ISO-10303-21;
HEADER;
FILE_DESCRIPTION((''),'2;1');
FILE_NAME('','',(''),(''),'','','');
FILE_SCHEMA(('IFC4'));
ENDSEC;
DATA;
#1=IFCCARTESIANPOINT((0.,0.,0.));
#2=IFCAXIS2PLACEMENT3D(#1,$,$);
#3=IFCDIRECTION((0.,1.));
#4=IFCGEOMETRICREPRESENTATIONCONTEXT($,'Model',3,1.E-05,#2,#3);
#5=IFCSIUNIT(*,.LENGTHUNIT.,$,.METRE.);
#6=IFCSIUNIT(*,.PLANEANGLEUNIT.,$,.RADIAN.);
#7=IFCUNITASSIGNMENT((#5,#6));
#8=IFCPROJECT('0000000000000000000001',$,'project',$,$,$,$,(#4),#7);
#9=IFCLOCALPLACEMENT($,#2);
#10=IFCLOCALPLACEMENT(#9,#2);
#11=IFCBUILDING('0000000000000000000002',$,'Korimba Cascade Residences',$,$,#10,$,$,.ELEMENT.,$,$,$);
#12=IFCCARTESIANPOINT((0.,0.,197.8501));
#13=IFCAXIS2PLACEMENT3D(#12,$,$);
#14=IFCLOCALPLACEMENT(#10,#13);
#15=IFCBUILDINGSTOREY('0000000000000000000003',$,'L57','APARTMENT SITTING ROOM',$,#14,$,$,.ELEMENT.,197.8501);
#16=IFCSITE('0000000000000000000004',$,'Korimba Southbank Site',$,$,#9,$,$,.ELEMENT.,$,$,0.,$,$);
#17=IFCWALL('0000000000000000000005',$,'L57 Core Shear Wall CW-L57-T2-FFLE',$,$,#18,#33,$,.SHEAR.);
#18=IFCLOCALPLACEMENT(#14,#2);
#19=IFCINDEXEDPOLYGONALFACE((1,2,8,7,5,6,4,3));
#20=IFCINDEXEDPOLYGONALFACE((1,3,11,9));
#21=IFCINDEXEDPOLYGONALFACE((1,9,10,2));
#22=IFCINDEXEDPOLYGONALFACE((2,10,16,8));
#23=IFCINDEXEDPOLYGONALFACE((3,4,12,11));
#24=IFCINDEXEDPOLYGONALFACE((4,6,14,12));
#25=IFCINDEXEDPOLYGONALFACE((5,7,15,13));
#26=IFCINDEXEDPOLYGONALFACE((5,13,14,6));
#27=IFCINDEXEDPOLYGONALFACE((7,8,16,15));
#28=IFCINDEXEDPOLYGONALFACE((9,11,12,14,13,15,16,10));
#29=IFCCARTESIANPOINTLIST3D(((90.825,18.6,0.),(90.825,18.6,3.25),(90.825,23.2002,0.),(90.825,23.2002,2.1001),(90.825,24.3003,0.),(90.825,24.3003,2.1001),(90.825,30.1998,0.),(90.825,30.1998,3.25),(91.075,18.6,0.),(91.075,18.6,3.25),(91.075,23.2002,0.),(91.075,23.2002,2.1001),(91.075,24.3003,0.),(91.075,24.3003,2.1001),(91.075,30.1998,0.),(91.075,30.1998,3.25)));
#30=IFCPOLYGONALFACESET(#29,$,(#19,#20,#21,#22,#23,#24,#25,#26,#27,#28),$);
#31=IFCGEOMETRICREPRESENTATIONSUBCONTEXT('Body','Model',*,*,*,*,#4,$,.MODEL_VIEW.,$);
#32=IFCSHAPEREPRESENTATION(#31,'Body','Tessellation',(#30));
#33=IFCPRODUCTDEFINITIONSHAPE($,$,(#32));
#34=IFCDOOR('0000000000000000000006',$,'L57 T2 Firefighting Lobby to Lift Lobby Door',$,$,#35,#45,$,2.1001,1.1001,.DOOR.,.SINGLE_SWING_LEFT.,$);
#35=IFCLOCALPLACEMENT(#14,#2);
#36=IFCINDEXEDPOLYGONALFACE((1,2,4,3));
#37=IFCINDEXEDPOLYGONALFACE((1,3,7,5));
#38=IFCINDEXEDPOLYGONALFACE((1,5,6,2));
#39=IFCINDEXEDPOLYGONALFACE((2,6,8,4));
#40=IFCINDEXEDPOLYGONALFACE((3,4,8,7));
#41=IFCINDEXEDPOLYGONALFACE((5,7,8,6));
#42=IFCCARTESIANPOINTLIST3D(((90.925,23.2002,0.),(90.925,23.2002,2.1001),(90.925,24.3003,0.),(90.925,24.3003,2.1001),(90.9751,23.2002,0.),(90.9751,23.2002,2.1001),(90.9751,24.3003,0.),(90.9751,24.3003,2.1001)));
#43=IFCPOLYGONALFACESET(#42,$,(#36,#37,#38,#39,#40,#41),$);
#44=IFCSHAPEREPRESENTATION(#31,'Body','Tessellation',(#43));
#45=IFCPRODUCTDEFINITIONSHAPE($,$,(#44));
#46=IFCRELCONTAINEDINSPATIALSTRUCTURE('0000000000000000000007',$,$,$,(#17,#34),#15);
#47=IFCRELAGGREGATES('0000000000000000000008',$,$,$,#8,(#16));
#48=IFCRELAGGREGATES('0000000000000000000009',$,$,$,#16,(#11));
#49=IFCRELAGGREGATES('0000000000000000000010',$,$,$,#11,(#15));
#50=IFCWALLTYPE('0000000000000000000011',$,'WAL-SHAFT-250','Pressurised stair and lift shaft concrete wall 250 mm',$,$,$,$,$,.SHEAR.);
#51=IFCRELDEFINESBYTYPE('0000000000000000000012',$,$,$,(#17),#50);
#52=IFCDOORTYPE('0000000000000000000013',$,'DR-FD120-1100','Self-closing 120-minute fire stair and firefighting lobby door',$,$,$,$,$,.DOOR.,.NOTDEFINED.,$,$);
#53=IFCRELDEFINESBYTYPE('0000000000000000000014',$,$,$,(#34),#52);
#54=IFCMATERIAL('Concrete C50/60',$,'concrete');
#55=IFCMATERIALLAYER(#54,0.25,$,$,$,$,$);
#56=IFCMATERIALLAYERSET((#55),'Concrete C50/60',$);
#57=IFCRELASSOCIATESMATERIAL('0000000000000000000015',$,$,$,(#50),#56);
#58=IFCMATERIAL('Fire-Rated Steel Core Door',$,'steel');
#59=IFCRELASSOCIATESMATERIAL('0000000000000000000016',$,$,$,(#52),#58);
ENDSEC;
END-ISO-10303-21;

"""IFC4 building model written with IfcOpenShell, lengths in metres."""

from ifc_helpers import new_model, si_unit, direction, frame, frame_2d, origin, place, context, subcontext, project, spatial, rectangle, extrude, material, layer, layer_set, type_object, element, fill, save


model = new_model("IFC4")

# Units and contexts
model_context = context("Model", 3, precision=1e-05, world=origin(), true_north=direction((0.0, 1.0)))
body_context = subcontext(model_context, "Body", "Model", "MODEL_VIEW")
ifc_project = project(units=[si_unit("LENGTHUNIT", "METRE"), si_unit("PLANEANGLEUNIT", "RADIAN")], contexts=[model_context])

# Site, building, storey
site_placement = place(None, origin())
site = spatial("IfcSite", under=ifc_project, at=site_placement, Name="Korimba Southbank Site", CompositionType="ELEMENT", RefElevation=0.0)
building_placement = place(site_placement, origin())
building = spatial("IfcBuilding", under=site, at=building_placement, Name="Korimba Cascade Residences", CompositionType="ELEMENT")
storey_placement = place(building_placement, frame((0.0, 0.0, 197.8501)))
storey = spatial("IfcBuildingStorey", under=building, at=storey_placement, Name="L57", Description="APARTMENT SITTING ROOM", CompositionType="ELEMENT", Elevation=197.8501)

# Shared definitions
ifc_material_1 = material(Name="Concrete C50/60", Category="concrete")

# Shared definitions
ifc_layer_1 = layer(ifc_material_1, 0.25)
ifc_layer_set_1 = layer_set([ifc_layer_1], Name="Concrete C50/60")
wall_type_1 = type_object("IfcWallType", Name="WAL-SHAFT-250", Description="Pressurised stair and lift shaft concrete wall 250 mm", PredefinedType="SHEAR", material=ifc_layer_set_1)
ifc_material_2 = material(Name="Fire-Rated Steel Core Door", Category="steel")
door_type_1 = type_object("IfcDoorType", Name="DR-FD120-1100", Description="Self-closing 120-minute fire stair and firefighting lobby door", OperationType="NOTDEFINED", PredefinedType="DOOR", material=ifc_material_2)

# Wall, opening, door
wall_1_placement = place(storey_placement, frame((90.95, 18.6001, 0.0), z_axis=(0.0, 0.0, 1.0), x_axis=(0.0, 1.0, 0.0)))
wall_1 = element("IfcWall", 1, at=wall_1_placement, inside=storey, type_object=wall_type_1, Name="L57 Core Shear Wall CW-L57-T2-FFLE", PredefinedType="SHEAR", context=body_context, shape_type="SweptSolid", body=[
    extrude(rectangle(XDim=11.5999, YDim=0.25, at=frame_2d((5.7998, 0.0))), origin(), (0.0, 0.0, 1.0), 3.25),
])
opening_1_placement = place(wall_1_placement, frame((4.6001, 0.0, 0.0)))
opening_1 = element("IfcOpeningElement", 2, at=opening_1_placement, cuts=wall_1, PredefinedType="OPENING", context=body_context, shape_type="SweptSolid", body=[
    extrude(rectangle(XDim=1.1001, YDim=2.1001, at=frame_2d((0.55, 1.05))), frame((0.0, 0.135, 0.0), z_axis=(0.0, -1.0, 0.0), x_axis=(1.0, 0.0, 0.0)), (0.0, 0.0, 1.0), 0.27),
])
door_1_placement = place(opening_1_placement, origin())
door_1 = element("IfcDoor", 3, at=door_1_placement, inside=storey, type_object=door_type_1, Name="L57 T2 Firefighting Lobby to Lift Lobby Door", OperationType="SINGLE_SWING_LEFT", OverallHeight=2.1001, OverallWidth=1.1001, PredefinedType="DOOR", context=body_context, shape_type="SweptSolid", body=[
    extrude(rectangle(XDim=1.1001, YDim=2.1001, at=frame_2d((0.55, 1.05))), frame((0.0, 0.0249, 0.0), z_axis=(0.0, -1.0, 0.0), x_axis=(1.0, 0.0, 0.0)), (0.0, 0.0, 1.0), 0.05),
])
fill(opening_1, door_1)

save(model, "model.ifc")
